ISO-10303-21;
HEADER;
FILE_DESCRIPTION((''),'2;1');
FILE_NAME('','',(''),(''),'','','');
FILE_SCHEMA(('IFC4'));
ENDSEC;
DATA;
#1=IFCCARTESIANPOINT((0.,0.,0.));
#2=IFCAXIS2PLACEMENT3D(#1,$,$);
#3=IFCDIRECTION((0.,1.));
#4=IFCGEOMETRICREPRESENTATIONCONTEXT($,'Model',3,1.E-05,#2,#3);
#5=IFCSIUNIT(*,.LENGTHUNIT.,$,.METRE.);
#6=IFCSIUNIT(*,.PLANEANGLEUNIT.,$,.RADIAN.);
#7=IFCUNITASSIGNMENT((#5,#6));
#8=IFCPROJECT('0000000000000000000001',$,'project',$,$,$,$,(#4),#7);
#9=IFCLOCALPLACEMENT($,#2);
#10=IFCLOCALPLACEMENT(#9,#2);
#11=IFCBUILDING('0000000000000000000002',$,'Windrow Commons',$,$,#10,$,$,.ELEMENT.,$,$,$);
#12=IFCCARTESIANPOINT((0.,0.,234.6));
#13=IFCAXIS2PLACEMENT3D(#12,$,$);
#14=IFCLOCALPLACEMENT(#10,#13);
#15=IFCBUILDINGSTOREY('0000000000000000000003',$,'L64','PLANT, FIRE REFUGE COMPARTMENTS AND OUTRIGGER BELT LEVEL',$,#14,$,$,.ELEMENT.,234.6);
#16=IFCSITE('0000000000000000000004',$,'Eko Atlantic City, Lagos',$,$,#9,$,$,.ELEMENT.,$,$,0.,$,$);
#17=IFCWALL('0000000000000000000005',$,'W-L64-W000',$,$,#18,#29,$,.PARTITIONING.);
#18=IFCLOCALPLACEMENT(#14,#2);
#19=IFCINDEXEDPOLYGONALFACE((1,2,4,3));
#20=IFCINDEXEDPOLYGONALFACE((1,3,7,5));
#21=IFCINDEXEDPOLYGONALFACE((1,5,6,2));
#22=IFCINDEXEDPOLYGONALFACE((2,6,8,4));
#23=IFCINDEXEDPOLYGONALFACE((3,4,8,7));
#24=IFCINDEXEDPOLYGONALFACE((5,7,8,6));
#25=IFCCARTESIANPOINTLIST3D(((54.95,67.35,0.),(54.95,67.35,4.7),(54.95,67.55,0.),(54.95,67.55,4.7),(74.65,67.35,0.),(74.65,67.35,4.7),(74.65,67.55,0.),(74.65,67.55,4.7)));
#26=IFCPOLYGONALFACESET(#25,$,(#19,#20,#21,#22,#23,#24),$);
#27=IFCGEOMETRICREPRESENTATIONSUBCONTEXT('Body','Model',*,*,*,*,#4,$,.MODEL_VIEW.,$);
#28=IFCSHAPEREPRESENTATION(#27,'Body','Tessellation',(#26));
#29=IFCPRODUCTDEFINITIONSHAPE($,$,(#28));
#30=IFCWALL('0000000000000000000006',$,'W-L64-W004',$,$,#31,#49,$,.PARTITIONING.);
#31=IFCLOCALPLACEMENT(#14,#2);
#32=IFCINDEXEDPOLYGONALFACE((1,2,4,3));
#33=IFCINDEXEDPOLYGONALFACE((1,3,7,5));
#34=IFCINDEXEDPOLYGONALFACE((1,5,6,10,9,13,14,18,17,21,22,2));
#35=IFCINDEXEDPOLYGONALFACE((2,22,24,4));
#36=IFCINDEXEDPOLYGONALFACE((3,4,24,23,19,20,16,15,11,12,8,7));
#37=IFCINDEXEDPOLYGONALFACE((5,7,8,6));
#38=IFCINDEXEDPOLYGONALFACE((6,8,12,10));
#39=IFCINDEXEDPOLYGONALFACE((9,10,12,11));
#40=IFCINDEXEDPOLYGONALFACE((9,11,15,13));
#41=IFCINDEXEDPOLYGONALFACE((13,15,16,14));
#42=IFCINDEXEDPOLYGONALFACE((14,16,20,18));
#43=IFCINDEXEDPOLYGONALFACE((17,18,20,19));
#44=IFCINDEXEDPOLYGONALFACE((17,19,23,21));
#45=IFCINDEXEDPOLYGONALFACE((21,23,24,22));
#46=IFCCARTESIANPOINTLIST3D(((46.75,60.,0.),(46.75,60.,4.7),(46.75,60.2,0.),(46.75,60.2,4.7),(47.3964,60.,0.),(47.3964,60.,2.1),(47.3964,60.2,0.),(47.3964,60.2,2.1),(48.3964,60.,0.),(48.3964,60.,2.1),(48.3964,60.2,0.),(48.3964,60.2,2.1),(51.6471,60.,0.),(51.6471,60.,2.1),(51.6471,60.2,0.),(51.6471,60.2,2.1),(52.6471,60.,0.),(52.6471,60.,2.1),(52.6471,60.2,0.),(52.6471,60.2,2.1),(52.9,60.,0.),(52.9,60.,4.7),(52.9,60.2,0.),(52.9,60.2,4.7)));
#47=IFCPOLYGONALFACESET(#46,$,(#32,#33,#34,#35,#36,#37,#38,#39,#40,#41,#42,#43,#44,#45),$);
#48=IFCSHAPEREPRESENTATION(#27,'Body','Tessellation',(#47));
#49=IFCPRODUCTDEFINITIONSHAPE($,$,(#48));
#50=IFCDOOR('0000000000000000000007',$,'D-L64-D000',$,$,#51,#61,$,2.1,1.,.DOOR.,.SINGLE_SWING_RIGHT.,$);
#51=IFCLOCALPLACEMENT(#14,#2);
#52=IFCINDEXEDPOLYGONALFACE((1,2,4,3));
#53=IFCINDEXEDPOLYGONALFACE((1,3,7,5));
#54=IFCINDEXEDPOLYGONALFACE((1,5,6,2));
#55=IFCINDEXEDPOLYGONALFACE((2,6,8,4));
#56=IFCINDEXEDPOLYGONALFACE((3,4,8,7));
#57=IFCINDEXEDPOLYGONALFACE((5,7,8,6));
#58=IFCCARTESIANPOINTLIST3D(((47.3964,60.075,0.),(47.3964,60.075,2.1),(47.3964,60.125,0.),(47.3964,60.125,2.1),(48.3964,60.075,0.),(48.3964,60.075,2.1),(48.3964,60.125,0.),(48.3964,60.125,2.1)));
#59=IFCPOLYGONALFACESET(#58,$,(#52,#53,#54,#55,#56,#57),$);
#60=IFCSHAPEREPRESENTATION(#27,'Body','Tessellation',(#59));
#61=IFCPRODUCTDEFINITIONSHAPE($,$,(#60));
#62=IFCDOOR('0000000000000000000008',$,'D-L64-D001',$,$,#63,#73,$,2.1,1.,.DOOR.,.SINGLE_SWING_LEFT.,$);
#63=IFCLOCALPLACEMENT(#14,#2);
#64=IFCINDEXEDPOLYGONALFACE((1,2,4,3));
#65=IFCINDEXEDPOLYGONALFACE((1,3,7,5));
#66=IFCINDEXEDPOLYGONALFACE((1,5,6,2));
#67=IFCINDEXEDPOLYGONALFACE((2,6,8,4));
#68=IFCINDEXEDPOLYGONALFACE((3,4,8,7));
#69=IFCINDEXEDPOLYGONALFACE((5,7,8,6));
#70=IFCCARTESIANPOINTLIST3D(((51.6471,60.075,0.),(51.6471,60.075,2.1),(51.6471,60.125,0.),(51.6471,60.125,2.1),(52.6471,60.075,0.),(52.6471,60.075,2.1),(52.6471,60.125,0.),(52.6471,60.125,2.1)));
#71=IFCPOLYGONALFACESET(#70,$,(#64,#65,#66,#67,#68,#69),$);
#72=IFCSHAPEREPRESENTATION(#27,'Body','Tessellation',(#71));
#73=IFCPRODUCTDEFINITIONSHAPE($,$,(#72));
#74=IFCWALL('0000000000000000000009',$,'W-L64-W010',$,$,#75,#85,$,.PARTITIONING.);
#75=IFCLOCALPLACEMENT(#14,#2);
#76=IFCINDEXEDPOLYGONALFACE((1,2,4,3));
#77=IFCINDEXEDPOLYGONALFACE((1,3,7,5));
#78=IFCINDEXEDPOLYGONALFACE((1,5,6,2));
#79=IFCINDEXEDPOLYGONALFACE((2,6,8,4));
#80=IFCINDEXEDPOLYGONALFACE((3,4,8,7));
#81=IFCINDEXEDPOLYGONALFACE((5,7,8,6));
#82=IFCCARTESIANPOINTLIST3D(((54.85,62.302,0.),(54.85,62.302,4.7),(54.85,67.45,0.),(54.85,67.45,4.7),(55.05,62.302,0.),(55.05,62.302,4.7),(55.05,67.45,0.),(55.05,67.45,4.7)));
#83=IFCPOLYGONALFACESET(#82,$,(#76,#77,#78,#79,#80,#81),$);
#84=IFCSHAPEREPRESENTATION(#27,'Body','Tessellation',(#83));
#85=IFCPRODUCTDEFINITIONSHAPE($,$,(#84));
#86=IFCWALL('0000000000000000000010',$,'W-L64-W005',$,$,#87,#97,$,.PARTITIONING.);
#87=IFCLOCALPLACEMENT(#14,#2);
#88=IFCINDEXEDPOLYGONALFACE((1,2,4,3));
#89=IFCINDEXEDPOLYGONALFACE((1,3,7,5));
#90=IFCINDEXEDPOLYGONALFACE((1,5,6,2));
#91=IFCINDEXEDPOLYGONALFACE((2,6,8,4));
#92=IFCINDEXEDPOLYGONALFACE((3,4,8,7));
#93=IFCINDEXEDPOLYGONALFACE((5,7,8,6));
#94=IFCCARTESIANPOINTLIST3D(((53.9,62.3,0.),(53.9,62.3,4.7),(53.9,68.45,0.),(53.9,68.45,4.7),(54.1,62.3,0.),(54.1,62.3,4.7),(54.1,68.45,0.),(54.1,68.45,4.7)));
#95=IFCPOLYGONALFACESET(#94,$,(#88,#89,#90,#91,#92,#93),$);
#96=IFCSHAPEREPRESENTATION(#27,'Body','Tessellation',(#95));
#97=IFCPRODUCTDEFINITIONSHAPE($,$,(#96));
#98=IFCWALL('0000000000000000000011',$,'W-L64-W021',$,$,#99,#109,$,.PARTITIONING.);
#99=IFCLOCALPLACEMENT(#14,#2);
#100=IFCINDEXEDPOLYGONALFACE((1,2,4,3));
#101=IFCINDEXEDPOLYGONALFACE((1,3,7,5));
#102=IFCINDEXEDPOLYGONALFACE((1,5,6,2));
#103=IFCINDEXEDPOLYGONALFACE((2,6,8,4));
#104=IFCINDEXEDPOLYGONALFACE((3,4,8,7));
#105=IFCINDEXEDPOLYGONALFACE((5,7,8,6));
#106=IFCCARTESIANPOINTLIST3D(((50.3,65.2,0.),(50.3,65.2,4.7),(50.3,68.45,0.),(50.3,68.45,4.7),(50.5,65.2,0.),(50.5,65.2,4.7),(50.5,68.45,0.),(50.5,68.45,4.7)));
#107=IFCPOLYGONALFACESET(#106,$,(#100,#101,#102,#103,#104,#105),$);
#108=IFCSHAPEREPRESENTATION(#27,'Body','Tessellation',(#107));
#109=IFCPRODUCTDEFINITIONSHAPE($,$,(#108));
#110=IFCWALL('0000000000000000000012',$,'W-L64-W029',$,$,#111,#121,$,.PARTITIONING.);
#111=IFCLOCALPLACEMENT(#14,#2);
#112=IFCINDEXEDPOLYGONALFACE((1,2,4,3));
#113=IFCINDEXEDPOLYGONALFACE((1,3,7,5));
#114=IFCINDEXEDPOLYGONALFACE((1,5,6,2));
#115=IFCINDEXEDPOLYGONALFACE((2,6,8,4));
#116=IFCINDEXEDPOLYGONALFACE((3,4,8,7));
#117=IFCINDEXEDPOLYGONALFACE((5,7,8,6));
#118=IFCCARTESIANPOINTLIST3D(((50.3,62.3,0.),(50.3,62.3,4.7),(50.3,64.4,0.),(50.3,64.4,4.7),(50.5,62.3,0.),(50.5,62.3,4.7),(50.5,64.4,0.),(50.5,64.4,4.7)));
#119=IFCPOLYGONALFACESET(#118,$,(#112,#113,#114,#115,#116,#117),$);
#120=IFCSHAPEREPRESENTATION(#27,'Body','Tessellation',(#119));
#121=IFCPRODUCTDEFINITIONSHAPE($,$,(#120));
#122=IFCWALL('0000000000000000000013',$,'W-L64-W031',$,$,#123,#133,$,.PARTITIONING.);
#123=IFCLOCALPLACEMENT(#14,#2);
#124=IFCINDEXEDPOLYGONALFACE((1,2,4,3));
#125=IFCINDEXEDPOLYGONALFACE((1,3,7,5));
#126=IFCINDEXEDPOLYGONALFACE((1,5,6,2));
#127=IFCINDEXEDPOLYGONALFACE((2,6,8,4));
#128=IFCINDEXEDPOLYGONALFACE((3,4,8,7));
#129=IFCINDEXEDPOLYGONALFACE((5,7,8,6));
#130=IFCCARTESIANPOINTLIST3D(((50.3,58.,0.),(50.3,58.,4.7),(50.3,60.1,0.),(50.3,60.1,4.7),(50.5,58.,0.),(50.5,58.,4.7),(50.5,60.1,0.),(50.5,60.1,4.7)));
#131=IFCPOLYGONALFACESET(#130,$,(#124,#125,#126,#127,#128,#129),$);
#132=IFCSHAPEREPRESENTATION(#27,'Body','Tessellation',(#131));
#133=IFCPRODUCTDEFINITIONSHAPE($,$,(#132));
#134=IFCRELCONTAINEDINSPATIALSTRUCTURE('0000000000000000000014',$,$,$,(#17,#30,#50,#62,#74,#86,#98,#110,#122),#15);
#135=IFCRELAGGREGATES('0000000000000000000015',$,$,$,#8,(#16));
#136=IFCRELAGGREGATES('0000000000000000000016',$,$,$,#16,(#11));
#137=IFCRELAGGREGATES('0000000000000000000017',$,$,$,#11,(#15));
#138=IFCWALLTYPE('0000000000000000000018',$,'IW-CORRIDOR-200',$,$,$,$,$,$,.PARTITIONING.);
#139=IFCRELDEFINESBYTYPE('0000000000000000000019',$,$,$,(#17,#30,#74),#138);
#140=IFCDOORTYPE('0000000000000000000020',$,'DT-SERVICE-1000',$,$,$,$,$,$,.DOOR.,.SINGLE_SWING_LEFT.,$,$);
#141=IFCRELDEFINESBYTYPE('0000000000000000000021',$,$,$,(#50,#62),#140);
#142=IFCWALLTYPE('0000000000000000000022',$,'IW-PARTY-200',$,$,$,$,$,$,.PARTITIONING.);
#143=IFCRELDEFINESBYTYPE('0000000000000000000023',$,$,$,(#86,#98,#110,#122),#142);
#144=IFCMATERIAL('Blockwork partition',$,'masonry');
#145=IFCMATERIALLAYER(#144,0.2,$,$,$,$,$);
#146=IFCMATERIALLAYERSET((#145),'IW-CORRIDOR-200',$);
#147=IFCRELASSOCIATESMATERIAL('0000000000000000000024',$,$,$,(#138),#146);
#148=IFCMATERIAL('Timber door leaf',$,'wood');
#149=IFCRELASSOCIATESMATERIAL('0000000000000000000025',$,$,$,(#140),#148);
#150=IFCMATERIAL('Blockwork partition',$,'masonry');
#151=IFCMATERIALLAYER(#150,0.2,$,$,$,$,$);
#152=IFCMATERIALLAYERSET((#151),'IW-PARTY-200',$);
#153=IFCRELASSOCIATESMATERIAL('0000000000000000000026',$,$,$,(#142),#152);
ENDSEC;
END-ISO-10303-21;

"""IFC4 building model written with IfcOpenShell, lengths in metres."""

from ifc_helpers import new_model, si_unit, direction, frame, frame_2d, origin, place, context, subcontext, project, spatial, rectangle, extrude, material, layer, layer_set, type_object, element, fill, save


model = new_model("IFC4")

# Units and contexts
model_context = context("Model", 3, precision=1e-05, world=origin(), true_north=direction((0.0, 1.0)))
body_context = subcontext(model_context, "Body", "Model", "MODEL_VIEW")
ifc_project = project(units=[si_unit("LENGTHUNIT", "METRE"), si_unit("PLANEANGLEUNIT", "RADIAN")], contexts=[model_context])

# Site, building, storey
site_placement = place(None, origin())
site = spatial("IfcSite", under=ifc_project, at=site_placement, Name="Eko Atlantic City, Lagos", CompositionType="ELEMENT", RefElevation=0.0)
building_placement = place(site_placement, origin())
building = spatial("IfcBuilding", under=site, at=building_placement, Name="Windrow Commons", CompositionType="ELEMENT")
storey_placement = place(building_placement, frame((0.0, 0.0, 234.6)))
storey = spatial("IfcBuildingStorey", under=building, at=storey_placement, Name="L64", Description="PLANT, FIRE REFUGE COMPARTMENTS AND OUTRIGGER BELT LEVEL", CompositionType="ELEMENT", Elevation=234.6)

# Wall
ifc_material_1 = material(Name="Blockwork partition", Category="masonry")
ifc_layer_1 = layer(ifc_material_1, 0.2)
ifc_layer_set_1 = layer_set([ifc_layer_1], Name="IW-CORRIDOR-200")
wall_type_1 = type_object("IfcWallType", Name="IW-CORRIDOR-200", PredefinedType="PARTITIONING", material=ifc_layer_set_1)
wall_1_placement = place(storey_placement, frame((54.95, 67.45, 0.0), z_axis=(0.0, 0.0, 1.0), x_axis=(1.0, 0.0, 0.0)))
element("IfcWall", 1, at=wall_1_placement, inside=storey, type_object=wall_type_1, Name="W-L64-W000", PredefinedType="PARTITIONING", context=body_context, shape_type="SweptSolid", body=[
    extrude(rectangle(XDim=19.7, YDim=0.2, at=frame_2d((9.85, 0.0))), origin(), (0.0, 0.0, 1.0), 4.7),
])

# Wall, openings, doors
wall_2_placement = place(storey_placement, frame((46.75, 60.1, 0.0), z_axis=(0.0, 0.0, 1.0), x_axis=(1.0, 0.0, 0.0)))
wall_2 = element("IfcWall", 2, at=wall_2_placement, inside=storey, type_object=wall_type_1, Name="W-L64-W004", PredefinedType="PARTITIONING", context=body_context, shape_type="SweptSolid", body=[
    extrude(rectangle(XDim=6.15, YDim=0.2, at=frame_2d((3.075, 0.0))), origin(), (0.0, 0.0, 1.0), 4.7),
])
opening_1_placement = place(wall_2_placement, frame((0.6464, 0.0, 0.0)))
opening_1 = element("IfcOpeningElement", 3, at=opening_1_placement, cuts=wall_2, PredefinedType="OPENING", context=body_context, shape_type="SweptSolid", body=[
    extrude(rectangle(XDim=1.0, YDim=2.1, at=frame_2d((0.5, 1.05))), frame((0.0, 0.11, 0.0), z_axis=(0.0, -1.0, 0.0), x_axis=(1.0, 0.0, 0.0)), (0.0, 0.0, 1.0), 0.22),
])
opening_2_placement = place(wall_2_placement, frame((4.8971, 0.0, 0.0)))
opening_2 = element("IfcOpeningElement", 4, at=opening_2_placement, cuts=wall_2, PredefinedType="OPENING", context=body_context, shape_type="SweptSolid", body=[
    extrude(rectangle(XDim=1.0, YDim=2.1, at=frame_2d((0.5, 1.05))), frame((0.0, 0.11, 0.0), z_axis=(0.0, -1.0, 0.0), x_axis=(1.0, 0.0, 0.0)), (0.0, 0.0, 1.0), 0.22),
])
ifc_material_2 = material(Name="Timber door leaf", Category="wood")
door_type = type_object("IfcDoorType", Name="DT-SERVICE-1000", OperationType="SINGLE_SWING_LEFT", PredefinedType="DOOR", material=ifc_material_2)
door_1_placement = place(opening_1_placement, origin())
door_1 = element("IfcDoor", 5, at=door_1_placement, inside=storey, type_object=door_type, Name="D-L64-D000", OperationType="SINGLE_SWING_RIGHT", OverallHeight=2.1, OverallWidth=1.0, PredefinedType="DOOR", context=body_context, shape_type="SweptSolid", body=[
    extrude(rectangle(XDim=1.0, YDim=2.1, at=frame_2d((0.5, 1.05))), frame((0.0, 0.025, 0.0), z_axis=(0.0, -1.0, 0.0), x_axis=(1.0, 0.0, 0.0)), (0.0, 0.0, 1.0), 0.05),
])
fill(opening_1, door_1)
door_2_placement = place(opening_2_placement, origin())
door_2 = element("IfcDoor", 6, at=door_2_placement, inside=storey, type_object=door_type, Name="D-L64-D001", OperationType="SINGLE_SWING_LEFT", OverallHeight=2.1, OverallWidth=1.0, PredefinedType="DOOR", context=body_context, shape_type="SweptSolid", body=[
    extrude(rectangle(XDim=1.0, YDim=2.1, at=frame_2d((0.5, 1.05))), frame((0.0, 0.025, 0.0), z_axis=(0.0, -1.0, 0.0), x_axis=(1.0, 0.0, 0.0)), (0.0, 0.0, 1.0), 0.05),
])
fill(opening_2, door_2)

# Walls
wall_3_placement = place(storey_placement, frame((54.95, 62.302, 0.0), z_axis=(0.0, 0.0, 1.0), x_axis=(0.0, 1.0, 0.0)))
element("IfcWall", 7, at=wall_3_placement, inside=storey, type_object=wall_type_1, Name="W-L64-W010", PredefinedType="PARTITIONING", context=body_context, shape_type="SweptSolid", body=[
    extrude(rectangle(XDim=5.148, YDim=0.2, at=frame_2d((2.574, 0.0))), origin(), (0.0, 0.0, 1.0), 4.7),
])
ifc_material_3 = material(Name="Blockwork partition", Category="masonry")
ifc_layer_2 = layer(ifc_material_3, 0.2)
ifc_layer_set_2 = layer_set([ifc_layer_2], Name="IW-PARTY-200")
wall_type_2 = type_object("IfcWallType", Name="IW-PARTY-200", PredefinedType="PARTITIONING", material=ifc_layer_set_2)
wall_4_placement = place(storey_placement, frame((54.0, 62.3, 0.0), z_axis=(0.0, 0.0, 1.0), x_axis=(0.0, 1.0, 0.0)))
element("IfcWall", 8, at=wall_4_placement, inside=storey, type_object=wall_type_2, Name="W-L64-W005", PredefinedType="PARTITIONING", context=body_context, shape_type="SweptSolid", body=[
    extrude(rectangle(XDim=6.15, YDim=0.2, at=frame_2d((3.075, 0.0))), origin(), (0.0, 0.0, 1.0), 4.7),
])
wall_5_placement = place(storey_placement, frame((50.4, 65.2, 0.0), z_axis=(0.0, 0.0, 1.0), x_axis=(0.0, 1.0, 0.0)))
element("IfcWall", 9, at=wall_5_placement, inside=storey, type_object=wall_type_2, Name="W-L64-W021", PredefinedType="PARTITIONING", context=body_context, shape_type="SweptSolid", body=[
    extrude(rectangle(XDim=3.25, YDim=0.2, at=frame_2d((1.625, 0.0))), origin(), (0.0, 0.0, 1.0), 4.7),
])
for number, where, z_axis, x_axis, name in (
    (10, (50.4, 62.3, 0.0), (0.0, 0.0, 1.0), (0.0, 1.0, 0.0), "W-L64-W029"),
    (11, (50.4, 58.0, 0.0), (0.0, 0.0, 1.0), (0.0, 1.0, 0.0), "W-L64-W031"),
):
    element("IfcWall", number, at=place(storey_placement, frame(where, z_axis=z_axis, x_axis=x_axis)), inside=storey, type_object=wall_type_2, Name=name, PredefinedType="PARTITIONING", context=body_context, shape_type="SweptSolid", body=[
        extrude(rectangle(XDim=2.1, YDim=0.2, at=frame_2d((1.05, 0.0))), origin(), (0.0, 0.0, 1.0), 4.7),
    ])

save(model, "model.ifc")
